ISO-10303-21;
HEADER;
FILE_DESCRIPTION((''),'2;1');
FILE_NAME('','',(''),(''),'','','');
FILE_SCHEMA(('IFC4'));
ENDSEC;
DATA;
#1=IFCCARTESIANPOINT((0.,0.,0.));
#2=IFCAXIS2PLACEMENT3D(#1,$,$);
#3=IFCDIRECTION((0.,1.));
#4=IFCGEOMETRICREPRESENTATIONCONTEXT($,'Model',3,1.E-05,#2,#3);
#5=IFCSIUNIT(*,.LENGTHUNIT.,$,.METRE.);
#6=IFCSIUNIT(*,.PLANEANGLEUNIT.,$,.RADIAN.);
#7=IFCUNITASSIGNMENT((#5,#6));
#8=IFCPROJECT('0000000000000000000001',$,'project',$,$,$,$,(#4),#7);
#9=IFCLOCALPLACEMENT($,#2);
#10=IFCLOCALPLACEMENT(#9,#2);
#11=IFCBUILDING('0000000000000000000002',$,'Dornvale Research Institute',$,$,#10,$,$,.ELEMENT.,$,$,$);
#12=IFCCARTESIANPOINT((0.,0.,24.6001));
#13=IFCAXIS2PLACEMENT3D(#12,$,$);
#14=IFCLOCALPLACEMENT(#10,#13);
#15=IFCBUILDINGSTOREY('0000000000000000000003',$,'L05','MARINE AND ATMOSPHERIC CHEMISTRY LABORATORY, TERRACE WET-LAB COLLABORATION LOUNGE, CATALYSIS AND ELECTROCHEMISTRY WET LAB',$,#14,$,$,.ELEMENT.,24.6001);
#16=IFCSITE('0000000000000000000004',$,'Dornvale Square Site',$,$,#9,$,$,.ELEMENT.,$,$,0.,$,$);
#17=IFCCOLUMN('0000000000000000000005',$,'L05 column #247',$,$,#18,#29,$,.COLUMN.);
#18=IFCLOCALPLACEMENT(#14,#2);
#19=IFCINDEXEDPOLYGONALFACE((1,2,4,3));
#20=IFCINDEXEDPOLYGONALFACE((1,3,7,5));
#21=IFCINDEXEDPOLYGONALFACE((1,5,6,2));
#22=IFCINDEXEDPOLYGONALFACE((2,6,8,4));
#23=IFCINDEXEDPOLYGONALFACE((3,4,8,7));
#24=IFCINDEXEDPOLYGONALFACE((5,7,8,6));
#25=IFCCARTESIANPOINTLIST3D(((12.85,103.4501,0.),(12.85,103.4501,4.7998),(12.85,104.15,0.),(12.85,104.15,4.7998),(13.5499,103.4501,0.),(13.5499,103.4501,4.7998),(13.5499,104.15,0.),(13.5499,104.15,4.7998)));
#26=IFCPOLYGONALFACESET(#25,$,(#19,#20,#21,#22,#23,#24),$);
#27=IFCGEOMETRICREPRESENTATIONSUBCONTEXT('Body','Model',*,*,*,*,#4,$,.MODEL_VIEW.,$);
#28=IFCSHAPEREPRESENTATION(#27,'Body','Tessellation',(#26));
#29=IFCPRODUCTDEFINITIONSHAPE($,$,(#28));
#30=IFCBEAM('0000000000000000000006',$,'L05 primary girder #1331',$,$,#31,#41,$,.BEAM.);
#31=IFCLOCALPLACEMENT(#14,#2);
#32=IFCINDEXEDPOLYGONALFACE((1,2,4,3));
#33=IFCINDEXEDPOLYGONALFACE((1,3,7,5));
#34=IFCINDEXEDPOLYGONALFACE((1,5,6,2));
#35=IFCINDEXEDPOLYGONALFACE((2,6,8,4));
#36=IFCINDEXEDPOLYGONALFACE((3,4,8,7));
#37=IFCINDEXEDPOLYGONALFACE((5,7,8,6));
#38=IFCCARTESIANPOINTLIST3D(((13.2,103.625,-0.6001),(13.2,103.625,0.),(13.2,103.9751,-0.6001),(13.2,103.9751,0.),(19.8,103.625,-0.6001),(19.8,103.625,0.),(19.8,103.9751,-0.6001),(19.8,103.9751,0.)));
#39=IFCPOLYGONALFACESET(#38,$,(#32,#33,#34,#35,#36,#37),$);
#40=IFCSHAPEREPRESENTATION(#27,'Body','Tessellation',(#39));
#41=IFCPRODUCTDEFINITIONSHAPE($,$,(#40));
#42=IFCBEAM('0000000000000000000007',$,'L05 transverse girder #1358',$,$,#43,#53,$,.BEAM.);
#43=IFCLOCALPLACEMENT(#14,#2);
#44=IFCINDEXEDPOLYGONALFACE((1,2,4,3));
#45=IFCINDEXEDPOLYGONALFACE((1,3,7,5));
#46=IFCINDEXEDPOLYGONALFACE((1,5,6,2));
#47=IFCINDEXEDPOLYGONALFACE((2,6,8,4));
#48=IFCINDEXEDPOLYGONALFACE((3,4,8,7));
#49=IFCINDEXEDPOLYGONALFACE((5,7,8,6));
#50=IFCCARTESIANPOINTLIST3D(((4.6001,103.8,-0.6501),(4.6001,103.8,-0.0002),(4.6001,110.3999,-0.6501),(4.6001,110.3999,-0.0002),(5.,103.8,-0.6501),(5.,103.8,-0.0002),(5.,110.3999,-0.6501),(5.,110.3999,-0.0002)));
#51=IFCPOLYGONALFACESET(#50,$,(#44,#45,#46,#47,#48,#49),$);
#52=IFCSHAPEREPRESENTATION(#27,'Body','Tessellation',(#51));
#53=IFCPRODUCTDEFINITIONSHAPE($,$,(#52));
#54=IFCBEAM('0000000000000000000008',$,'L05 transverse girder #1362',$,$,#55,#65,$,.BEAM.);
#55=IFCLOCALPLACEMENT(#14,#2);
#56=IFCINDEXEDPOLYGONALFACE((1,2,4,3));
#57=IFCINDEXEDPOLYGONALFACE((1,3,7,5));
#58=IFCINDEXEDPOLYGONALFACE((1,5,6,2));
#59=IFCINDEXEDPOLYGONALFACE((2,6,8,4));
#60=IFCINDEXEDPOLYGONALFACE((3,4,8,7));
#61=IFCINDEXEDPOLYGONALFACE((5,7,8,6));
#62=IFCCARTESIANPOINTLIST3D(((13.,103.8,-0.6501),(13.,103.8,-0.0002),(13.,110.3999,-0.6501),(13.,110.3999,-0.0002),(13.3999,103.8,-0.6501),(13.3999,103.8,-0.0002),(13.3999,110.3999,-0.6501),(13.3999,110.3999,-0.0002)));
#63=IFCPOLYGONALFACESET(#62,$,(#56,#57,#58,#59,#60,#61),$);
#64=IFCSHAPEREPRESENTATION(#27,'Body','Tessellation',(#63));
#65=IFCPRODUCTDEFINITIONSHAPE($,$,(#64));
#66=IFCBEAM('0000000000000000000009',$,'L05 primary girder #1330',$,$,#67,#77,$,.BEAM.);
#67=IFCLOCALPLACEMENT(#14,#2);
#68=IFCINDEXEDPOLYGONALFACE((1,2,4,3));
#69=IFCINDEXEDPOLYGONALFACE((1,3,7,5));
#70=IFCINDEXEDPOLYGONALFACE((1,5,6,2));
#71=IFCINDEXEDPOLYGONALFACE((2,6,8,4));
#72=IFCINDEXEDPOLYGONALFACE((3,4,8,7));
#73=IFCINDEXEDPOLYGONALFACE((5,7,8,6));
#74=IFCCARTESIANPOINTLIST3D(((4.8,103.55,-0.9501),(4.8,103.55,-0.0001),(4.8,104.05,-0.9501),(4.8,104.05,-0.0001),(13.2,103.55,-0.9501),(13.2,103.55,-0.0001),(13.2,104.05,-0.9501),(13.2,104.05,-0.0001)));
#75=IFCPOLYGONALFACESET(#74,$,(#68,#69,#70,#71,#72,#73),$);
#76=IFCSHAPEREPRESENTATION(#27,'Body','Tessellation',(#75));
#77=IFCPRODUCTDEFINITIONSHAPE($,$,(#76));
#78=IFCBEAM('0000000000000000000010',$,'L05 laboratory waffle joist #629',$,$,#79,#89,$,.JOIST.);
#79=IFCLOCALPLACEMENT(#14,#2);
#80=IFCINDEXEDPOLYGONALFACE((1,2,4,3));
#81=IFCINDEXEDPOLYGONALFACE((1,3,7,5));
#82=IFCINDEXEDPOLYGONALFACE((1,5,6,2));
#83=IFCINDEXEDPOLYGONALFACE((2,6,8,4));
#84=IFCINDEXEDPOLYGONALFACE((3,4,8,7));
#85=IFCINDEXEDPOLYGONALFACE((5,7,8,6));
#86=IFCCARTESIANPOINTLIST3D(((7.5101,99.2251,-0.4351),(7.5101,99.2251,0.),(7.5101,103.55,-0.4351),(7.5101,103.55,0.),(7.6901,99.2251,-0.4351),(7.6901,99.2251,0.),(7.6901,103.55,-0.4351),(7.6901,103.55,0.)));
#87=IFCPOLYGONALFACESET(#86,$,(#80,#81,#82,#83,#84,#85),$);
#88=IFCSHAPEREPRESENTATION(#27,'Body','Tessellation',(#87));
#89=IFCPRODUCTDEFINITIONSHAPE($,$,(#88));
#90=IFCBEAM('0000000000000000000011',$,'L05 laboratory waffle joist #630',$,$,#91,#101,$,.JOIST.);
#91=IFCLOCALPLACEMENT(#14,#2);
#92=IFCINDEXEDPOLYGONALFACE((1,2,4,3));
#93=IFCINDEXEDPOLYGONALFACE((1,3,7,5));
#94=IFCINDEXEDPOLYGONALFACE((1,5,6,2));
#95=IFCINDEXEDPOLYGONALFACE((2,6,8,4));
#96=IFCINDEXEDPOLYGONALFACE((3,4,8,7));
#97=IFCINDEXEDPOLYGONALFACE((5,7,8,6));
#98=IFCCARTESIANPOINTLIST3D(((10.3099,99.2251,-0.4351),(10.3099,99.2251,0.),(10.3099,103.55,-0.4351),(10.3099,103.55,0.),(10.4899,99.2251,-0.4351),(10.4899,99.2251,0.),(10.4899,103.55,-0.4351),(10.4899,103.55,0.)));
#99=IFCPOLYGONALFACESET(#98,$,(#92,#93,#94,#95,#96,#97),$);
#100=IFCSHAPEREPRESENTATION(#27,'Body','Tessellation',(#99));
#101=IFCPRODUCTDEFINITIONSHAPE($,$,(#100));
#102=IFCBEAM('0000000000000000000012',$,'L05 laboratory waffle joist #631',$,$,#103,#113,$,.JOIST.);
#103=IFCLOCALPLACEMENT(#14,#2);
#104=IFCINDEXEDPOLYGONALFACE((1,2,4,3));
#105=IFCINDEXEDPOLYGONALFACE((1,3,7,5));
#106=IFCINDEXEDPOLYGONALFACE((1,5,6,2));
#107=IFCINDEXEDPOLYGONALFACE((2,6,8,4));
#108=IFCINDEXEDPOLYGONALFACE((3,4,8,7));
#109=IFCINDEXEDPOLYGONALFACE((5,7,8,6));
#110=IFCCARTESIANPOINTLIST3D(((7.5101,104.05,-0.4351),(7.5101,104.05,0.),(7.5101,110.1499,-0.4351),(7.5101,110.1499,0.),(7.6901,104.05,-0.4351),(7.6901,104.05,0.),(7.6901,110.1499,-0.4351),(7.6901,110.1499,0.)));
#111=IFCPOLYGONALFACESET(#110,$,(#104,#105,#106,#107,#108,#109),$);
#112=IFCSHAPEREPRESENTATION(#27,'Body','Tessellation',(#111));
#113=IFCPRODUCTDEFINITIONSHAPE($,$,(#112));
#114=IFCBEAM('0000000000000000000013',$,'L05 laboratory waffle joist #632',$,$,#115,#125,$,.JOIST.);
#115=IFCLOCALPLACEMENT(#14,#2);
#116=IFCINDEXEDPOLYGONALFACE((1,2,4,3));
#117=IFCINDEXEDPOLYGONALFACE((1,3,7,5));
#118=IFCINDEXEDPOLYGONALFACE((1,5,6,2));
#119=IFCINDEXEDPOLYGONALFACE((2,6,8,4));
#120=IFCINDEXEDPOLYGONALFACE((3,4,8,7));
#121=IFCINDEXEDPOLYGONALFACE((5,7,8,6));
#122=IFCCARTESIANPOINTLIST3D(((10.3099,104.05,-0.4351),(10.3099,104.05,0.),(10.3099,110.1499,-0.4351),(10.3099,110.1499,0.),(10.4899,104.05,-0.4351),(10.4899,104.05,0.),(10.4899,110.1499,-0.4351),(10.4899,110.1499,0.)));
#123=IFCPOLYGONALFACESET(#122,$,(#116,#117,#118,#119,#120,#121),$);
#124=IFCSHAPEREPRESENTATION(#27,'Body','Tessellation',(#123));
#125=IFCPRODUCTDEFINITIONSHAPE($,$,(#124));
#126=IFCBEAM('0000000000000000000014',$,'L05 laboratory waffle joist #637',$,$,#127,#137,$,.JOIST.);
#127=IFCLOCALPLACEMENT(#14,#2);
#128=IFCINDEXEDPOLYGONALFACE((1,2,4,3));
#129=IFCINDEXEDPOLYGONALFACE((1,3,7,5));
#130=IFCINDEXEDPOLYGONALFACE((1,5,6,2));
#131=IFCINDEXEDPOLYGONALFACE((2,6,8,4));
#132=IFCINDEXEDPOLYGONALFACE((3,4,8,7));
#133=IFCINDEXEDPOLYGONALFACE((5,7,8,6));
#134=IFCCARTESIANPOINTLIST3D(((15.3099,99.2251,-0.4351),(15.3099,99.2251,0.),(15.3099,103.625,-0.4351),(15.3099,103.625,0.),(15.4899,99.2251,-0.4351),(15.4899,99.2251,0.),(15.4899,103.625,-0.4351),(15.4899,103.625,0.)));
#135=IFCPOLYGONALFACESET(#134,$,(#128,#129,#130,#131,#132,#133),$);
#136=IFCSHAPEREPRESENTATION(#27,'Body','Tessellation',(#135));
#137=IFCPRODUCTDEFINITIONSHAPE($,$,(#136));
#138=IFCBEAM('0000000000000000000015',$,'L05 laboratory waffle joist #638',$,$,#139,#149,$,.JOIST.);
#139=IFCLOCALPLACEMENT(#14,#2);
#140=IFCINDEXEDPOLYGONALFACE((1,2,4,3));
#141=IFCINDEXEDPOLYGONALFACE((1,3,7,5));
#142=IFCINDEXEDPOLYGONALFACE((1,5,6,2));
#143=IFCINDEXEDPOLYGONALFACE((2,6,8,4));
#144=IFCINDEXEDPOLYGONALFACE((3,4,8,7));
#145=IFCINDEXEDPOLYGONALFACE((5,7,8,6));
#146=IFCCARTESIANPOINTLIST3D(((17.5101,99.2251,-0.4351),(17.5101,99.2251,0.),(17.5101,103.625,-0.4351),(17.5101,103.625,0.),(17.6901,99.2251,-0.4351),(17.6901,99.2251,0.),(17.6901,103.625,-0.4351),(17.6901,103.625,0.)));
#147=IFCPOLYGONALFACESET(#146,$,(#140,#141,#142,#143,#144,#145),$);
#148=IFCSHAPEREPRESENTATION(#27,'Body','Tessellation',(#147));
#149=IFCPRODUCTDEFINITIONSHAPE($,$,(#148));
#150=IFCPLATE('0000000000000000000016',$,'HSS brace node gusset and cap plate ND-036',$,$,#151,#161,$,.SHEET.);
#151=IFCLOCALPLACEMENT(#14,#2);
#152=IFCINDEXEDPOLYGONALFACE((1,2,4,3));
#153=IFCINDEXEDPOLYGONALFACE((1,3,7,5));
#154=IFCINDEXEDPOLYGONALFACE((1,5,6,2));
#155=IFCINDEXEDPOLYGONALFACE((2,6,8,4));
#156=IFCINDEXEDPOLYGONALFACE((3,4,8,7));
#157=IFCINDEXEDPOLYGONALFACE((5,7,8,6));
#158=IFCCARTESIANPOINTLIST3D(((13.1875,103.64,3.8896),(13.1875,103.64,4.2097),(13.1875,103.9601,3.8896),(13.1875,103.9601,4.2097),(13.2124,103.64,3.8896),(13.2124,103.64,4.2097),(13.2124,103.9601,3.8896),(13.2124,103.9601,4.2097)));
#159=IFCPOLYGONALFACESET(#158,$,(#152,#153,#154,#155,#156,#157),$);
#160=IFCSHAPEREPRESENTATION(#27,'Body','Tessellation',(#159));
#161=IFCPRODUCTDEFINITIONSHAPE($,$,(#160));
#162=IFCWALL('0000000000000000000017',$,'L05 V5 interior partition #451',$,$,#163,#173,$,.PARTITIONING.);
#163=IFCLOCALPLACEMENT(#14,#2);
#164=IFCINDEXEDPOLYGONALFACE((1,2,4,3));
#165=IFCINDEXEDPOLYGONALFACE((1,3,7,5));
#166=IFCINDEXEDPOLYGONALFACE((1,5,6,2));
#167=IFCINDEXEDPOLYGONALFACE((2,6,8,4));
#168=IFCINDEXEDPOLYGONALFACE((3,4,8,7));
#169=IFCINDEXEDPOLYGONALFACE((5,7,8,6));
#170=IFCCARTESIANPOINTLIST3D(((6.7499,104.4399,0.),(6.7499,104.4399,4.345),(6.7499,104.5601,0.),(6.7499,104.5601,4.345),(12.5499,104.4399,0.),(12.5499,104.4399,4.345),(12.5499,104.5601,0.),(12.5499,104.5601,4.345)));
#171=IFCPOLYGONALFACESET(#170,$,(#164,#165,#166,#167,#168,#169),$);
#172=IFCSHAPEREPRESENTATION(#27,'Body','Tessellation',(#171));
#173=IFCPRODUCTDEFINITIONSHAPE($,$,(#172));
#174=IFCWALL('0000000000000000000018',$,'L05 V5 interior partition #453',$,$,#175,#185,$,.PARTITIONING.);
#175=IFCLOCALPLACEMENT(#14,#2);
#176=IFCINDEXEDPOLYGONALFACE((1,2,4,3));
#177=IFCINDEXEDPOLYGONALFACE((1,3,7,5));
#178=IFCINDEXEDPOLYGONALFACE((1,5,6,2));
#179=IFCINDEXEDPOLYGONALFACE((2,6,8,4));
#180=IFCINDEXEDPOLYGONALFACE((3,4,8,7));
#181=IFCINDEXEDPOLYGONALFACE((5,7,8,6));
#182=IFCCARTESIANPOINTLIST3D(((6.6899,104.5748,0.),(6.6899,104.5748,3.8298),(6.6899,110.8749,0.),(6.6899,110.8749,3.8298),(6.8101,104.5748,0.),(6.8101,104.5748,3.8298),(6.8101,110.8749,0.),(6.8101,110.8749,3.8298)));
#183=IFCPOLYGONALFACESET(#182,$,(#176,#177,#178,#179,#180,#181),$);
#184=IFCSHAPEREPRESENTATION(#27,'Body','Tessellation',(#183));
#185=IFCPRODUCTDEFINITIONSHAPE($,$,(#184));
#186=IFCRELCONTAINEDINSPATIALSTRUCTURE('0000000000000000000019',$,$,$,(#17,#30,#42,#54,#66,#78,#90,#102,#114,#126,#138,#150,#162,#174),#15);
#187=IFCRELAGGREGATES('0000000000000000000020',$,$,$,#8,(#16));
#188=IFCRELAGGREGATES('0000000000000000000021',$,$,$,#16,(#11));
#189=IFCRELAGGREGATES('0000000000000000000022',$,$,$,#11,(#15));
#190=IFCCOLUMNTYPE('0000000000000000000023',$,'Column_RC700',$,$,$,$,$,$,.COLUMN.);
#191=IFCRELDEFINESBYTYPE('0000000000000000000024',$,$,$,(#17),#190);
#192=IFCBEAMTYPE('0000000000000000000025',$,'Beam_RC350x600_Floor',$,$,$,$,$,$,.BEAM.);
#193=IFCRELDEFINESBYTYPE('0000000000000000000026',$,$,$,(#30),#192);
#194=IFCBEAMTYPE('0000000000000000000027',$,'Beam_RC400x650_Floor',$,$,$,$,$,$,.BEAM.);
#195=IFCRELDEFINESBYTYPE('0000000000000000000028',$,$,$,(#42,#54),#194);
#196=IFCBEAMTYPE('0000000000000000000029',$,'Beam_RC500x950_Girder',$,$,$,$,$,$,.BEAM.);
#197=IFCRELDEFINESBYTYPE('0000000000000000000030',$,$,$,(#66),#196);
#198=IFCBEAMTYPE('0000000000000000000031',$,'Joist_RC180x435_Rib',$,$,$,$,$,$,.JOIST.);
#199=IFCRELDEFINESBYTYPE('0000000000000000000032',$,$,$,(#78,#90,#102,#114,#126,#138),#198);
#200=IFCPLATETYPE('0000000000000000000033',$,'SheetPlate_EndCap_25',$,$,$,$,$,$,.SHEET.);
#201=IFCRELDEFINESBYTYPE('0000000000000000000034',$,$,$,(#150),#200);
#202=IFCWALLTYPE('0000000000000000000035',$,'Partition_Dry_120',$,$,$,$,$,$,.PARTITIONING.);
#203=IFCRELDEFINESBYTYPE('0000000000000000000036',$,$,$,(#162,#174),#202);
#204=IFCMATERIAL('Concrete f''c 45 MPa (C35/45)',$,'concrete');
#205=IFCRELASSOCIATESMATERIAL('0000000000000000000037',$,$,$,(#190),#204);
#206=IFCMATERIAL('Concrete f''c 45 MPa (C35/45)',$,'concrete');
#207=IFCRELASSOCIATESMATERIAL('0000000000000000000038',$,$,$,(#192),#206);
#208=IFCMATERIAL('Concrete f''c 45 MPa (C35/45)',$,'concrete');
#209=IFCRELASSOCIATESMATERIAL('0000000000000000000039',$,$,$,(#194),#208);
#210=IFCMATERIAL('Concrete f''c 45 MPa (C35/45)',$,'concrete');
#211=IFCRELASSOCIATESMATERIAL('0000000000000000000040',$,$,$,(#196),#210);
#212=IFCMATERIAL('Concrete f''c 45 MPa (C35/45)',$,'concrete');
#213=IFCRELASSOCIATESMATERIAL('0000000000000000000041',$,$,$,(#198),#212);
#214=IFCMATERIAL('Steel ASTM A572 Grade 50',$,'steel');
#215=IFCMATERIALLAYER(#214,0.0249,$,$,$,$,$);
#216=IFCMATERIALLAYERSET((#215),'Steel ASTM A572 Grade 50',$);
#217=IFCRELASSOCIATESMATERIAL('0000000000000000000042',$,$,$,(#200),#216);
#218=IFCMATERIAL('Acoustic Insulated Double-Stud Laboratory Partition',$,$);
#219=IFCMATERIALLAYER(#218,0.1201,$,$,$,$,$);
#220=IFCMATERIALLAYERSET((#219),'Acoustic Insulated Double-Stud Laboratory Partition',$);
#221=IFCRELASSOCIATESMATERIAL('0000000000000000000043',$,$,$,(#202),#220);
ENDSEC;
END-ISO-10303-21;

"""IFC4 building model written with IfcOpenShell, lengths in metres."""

from ifc_helpers import new_model, si_unit, direction, frame, frame_2d, origin, origin_2d, place, context, subcontext, project, spatial, rectangle, extrude, material, layer, layer_set, material_profile, profile_set, type_object, element, save


model = new_model("IFC4")

# Units and contexts
model_context = context("Model", 3, precision=1e-05, world=origin(), true_north=direction((0.0, 1.0)))
body_context = subcontext(model_context, "Body", "Model", "MODEL_VIEW")
ifc_project = project(units=[si_unit("LENGTHUNIT", "METRE"), si_unit("PLANEANGLEUNIT", "RADIAN")], contexts=[model_context])

# Site, building, storey
site_placement = place(None, origin())
site = spatial("IfcSite", under=ifc_project, at=site_placement, Name="Dornvale Square Site", CompositionType="ELEMENT", RefElevation=0.0)
building_placement = place(site_placement, origin())
building = spatial("IfcBuilding", under=site, at=building_placement, Name="Dornvale Research Institute", CompositionType="ELEMENT")
storey_placement = place(building_placement, frame((0.0, 0.0, 24.6001)))
storey = spatial("IfcBuildingStorey", under=building, at=storey_placement, Name="L05", Description="MARINE AND ATMOSPHERIC CHEMISTRY LABORATORY, TERRACE WET-LAB COLLABORATION LOUNGE, CATALYSIS AND ELECTROCHEMISTRY WET LAB", CompositionType="ELEMENT", Elevation=24.6001)

# Column
ifc_material_1 = material(Name="Concrete f'c 45 MPa (C35/45)", Category="concrete")
ifc_material_profile_1 = material_profile(ifc_material_1, rectangle(XDim=0.7, YDim=0.7, at=origin_2d()), Name="RC 700x700")
ifc_profile_set_1 = profile_set([ifc_material_profile_1], Name="Concrete f'c 45 MPa (C35/45)")
column_type = type_object("IfcColumnType", Name="Column_RC700", PredefinedType="COLUMN", material=ifc_profile_set_1)
column_placement = place(storey_placement, frame((13.2, 103.8, 0.0), z_axis=(0.0, 0.0, 1.0), x_axis=(1.0, 0.0, 0.0)))
element("IfcColumn", 1, at=column_placement, inside=storey, type_object=column_type, Name="L05 column #247", PredefinedType="COLUMN", context=body_context, shape_type="SweptSolid", body=[
    extrude(rectangle(XDim=0.7, YDim=0.7, at=origin_2d()), origin(), (0.0, 0.0, 1.0), 4.7998),
])

# Beams
ifc_material_2 = material(Name="Concrete f'c 45 MPa (C35/45)", Category="concrete")
ifc_material_profile_2 = material_profile(ifc_material_2, rectangle(XDim=0.3501, YDim=0.6001, at=origin_2d()), Name="RC 350x600")
ifc_profile_set_2 = profile_set([ifc_material_profile_2], Name="Concrete f'c 45 MPa (C35/45)")
beam_type_1 = type_object("IfcBeamType", Name="Beam_RC350x600_Floor", PredefinedType="BEAM", material=ifc_profile_set_2)
beam_1_placement = place(storey_placement, frame((13.2, 103.8, -0.3), z_axis=(1.0, 0.0, 0.0), x_axis=(0.0, 1.0, 0.0)))
element("IfcBeam", 2, at=beam_1_placement, inside=storey, type_object=beam_type_1, Name="L05 primary girder #1331", PredefinedType="BEAM", context=body_context, shape_type="SweptSolid", body=[
    extrude(rectangle(XDim=0.3501, YDim=0.6001, at=origin_2d()), origin(), (0.0, 0.0, 1.0), 6.6001),
])
ifc_material_3 = material(Name="Concrete f'c 45 MPa (C35/45)", Category="concrete")
ifc_material_profile_3 = material_profile(ifc_material_3, rectangle(XDim=0.3999, YDim=0.6499, at=origin_2d()), Name="RC 400x650")
ifc_profile_set_3 = profile_set([ifc_material_profile_3], Name="Concrete f'c 45 MPa (C35/45)")
beam_type_2 = type_object("IfcBeamType", Name="Beam_RC400x650_Floor", PredefinedType="BEAM", material=ifc_profile_set_3)
for number, where, z_axis, x_axis, name in (
    (3, (4.8, 103.8, -0.3252), (0.0, 1.0, 0.0), (-1.0, 0.0, 0.0), "L05 transverse girder #1358"),
    (4, (13.2, 103.8, -0.3252), (0.0, 1.0, 0.0), (-1.0, 0.0, 0.0), "L05 transverse girder #1362"),
):
    element("IfcBeam", number, at=place(storey_placement, frame(where, z_axis=z_axis, x_axis=x_axis)), inside=storey, type_object=beam_type_2, Name=name, PredefinedType="BEAM", context=body_context, shape_type="SweptSolid", body=[
        extrude(rectangle(XDim=0.3999, YDim=0.6499, at=origin_2d()), origin(), (0.0, 0.0, 1.0), 6.5999),
    ])
ifc_material_4 = material(Name="Concrete f'c 45 MPa (C35/45)", Category="concrete")
ifc_material_profile_4 = material_profile(ifc_material_4, rectangle(XDim=0.5, YDim=0.95, at=origin_2d()), Name="RC 500x950")
ifc_profile_set_4 = profile_set([ifc_material_profile_4], Name="Concrete f'c 45 MPa (C35/45)")
beam_type_3 = type_object("IfcBeamType", Name="Beam_RC500x950_Girder", PredefinedType="BEAM", material=ifc_profile_set_4)
beam_2_placement = place(storey_placement, frame((4.8, 103.8, -0.4751), z_axis=(1.0, 0.0, 0.0), x_axis=(0.0, 1.0, 0.0)))
element("IfcBeam", 5, at=beam_2_placement, inside=storey, type_object=beam_type_3, Name="L05 primary girder #1330", PredefinedType="BEAM", context=body_context, shape_type="SweptSolid", body=[
    extrude(rectangle(XDim=0.5, YDim=0.95, at=origin_2d()), origin(), (0.0, 0.0, 1.0), 8.3999),
])
ifc_material_5 = material(Name="Concrete f'c 45 MPa (C35/45)", Category="concrete")
ifc_material_profile_5 = material_profile(ifc_material_5, rectangle(XDim=0.1799, YDim=0.4351, at=origin_2d()), Name="RC 180x435")
ifc_profile_set_5 = profile_set([ifc_material_profile_5], Name="Concrete f'c 45 MPa (C35/45)")
beam_type_4 = type_object("IfcBeamType", Name="Joist_RC180x435_Rib", PredefinedType="JOIST", material=ifc_profile_set_5)
for number, where, z_axis, x_axis, name in (
    (6, (7.6001, 99.2251, -0.2175), (0.0, 1.0, 0.0), (-1.0, 0.0, 0.0), "L05 laboratory waffle joist #629"),
    (7, (10.3999, 99.2251, -0.2175), (0.0, 1.0, 0.0), (-1.0, 0.0, 0.0), "L05 laboratory waffle joist #630"),
):
    element("IfcBeam", number, at=place(storey_placement, frame(where, z_axis=z_axis, x_axis=x_axis)), inside=storey, type_object=beam_type_4, Name=name, PredefinedType="JOIST", context=body_context, shape_type="SweptSolid", body=[
        extrude(rectangle(XDim=0.1799, YDim=0.4351, at=origin_2d()), origin(), (0.0, 0.0, 1.0), 4.325),
    ])
for number, where, z_axis, x_axis, name in (
    (8, (7.6001, 104.05, -0.2175), (0.0, 1.0, 0.0), (-1.0, 0.0, 0.0), "L05 laboratory waffle joist #631"),
    (9, (10.3999, 104.05, -0.2175), (0.0, 1.0, 0.0), (-1.0, 0.0, 0.0), "L05 laboratory waffle joist #632"),
):
    element("IfcBeam", number, at=place(storey_placement, frame(where, z_axis=z_axis, x_axis=x_axis)), inside=storey, type_object=beam_type_4, Name=name, PredefinedType="JOIST", context=body_context, shape_type="SweptSolid", body=[
        extrude(rectangle(XDim=0.1799, YDim=0.4351, at=origin_2d()), origin(), (0.0, 0.0, 1.0), 6.0999),
    ])
for number, where, z_axis, x_axis, name in (
    (10, (15.3999, 99.2251, -0.2175), (0.0, 1.0, 0.0), (-1.0, 0.0, 0.0), "L05 laboratory waffle joist #637"),
    (11, (17.6001, 99.2251, -0.2175), (0.0, 1.0, 0.0), (-1.0, 0.0, 0.0), "L05 laboratory waffle joist #638"),
):
    element("IfcBeam", number, at=place(storey_placement, frame(where, z_axis=z_axis, x_axis=x_axis)), inside=storey, type_object=beam_type_4, Name=name, PredefinedType="JOIST", context=body_context, shape_type="SweptSolid", body=[
        extrude(rectangle(XDim=0.1799, YDim=0.4351, at=origin_2d()), origin(), (0.0, 0.0, 1.0), 4.3999),
    ])

# Plate
ifc_material_6 = material(Name="Steel ASTM A572 Grade 50", Category="steel")
ifc_layer_1 = layer(ifc_material_6, 0.0249)
ifc_layer_set_1 = layer_set([ifc_layer_1], Name="Steel ASTM A572 Grade 50")
plate_type = type_object("IfcPlateType", Name="SheetPlate_EndCap_25", PredefinedType="SHEET", material=ifc_layer_set_1)
plate_placement = place(storey_placement, frame((13.2, 103.8, 3.8896), z_axis=(0.0, 0.0, 1.0), x_axis=(0.0, 1.0, 0.0)))
element("IfcPlate", 12, at=plate_placement, inside=storey, type_object=plate_type, Name="HSS brace node gusset and cap plate ND-036", PredefinedType="SHEET", context=body_context, shape_type="SweptSolid", body=[
    extrude(rectangle(XDim=0.3201, YDim=0.0249, at=origin_2d()), origin(), (0.0, 0.0, 1.0), 0.3201),
])

# Walls
ifc_material_7 = material(Name="Acoustic Insulated Double-Stud Laboratory Partition")
ifc_layer_2 = layer(ifc_material_7, 0.1201)
ifc_layer_set_2 = layer_set([ifc_layer_2], Name="Acoustic Insulated Double-Stud Laboratory Partition")
wall_type_1 = type_object("IfcWallType", Name="Partition_Dry_120", PredefinedType="PARTITIONING", material=ifc_layer_set_2)
wall_1_placement = place(storey_placement, frame((6.75, 104.5, 0.0), z_axis=(0.0, 0.0, 1.0), x_axis=(1.0, 0.0, 0.0)))
element("IfcWall", 13, at=wall_1_placement, inside=storey, type_object=wall_type_1, Name="L05 V5 interior partition #451", PredefinedType="PARTITIONING", context=body_context, shape_type="SweptSolid", body=[
    extrude(rectangle(XDim=5.8, YDim=0.1201, at=frame_2d((2.8999, 0.0))), origin(), (0.0, 0.0, 1.0), 4.345),
])
for number, where, z_axis, x_axis, name in (
    (14, (6.75, 104.575, 0.0), (0.0, 0.0, 1.0), (0.0, 1.0, 0.0), "L05 V5 interior partition #453"),
):
    element("IfcWall", number, at=place(storey_placement, frame(where, z_axis=z_axis, x_axis=x_axis)), inside=storey, type_object=wall_type_1, Name=name, PredefinedType="PARTITIONING", context=body_context, shape_type="SweptSolid", body=[
        extrude(rectangle(XDim=6.3, YDim=0.1201, at=frame_2d((3.1499, 0.0))), origin(), (0.0, 0.0, 1.0), 3.8298),
    ])

save(model, "model.ifc")
